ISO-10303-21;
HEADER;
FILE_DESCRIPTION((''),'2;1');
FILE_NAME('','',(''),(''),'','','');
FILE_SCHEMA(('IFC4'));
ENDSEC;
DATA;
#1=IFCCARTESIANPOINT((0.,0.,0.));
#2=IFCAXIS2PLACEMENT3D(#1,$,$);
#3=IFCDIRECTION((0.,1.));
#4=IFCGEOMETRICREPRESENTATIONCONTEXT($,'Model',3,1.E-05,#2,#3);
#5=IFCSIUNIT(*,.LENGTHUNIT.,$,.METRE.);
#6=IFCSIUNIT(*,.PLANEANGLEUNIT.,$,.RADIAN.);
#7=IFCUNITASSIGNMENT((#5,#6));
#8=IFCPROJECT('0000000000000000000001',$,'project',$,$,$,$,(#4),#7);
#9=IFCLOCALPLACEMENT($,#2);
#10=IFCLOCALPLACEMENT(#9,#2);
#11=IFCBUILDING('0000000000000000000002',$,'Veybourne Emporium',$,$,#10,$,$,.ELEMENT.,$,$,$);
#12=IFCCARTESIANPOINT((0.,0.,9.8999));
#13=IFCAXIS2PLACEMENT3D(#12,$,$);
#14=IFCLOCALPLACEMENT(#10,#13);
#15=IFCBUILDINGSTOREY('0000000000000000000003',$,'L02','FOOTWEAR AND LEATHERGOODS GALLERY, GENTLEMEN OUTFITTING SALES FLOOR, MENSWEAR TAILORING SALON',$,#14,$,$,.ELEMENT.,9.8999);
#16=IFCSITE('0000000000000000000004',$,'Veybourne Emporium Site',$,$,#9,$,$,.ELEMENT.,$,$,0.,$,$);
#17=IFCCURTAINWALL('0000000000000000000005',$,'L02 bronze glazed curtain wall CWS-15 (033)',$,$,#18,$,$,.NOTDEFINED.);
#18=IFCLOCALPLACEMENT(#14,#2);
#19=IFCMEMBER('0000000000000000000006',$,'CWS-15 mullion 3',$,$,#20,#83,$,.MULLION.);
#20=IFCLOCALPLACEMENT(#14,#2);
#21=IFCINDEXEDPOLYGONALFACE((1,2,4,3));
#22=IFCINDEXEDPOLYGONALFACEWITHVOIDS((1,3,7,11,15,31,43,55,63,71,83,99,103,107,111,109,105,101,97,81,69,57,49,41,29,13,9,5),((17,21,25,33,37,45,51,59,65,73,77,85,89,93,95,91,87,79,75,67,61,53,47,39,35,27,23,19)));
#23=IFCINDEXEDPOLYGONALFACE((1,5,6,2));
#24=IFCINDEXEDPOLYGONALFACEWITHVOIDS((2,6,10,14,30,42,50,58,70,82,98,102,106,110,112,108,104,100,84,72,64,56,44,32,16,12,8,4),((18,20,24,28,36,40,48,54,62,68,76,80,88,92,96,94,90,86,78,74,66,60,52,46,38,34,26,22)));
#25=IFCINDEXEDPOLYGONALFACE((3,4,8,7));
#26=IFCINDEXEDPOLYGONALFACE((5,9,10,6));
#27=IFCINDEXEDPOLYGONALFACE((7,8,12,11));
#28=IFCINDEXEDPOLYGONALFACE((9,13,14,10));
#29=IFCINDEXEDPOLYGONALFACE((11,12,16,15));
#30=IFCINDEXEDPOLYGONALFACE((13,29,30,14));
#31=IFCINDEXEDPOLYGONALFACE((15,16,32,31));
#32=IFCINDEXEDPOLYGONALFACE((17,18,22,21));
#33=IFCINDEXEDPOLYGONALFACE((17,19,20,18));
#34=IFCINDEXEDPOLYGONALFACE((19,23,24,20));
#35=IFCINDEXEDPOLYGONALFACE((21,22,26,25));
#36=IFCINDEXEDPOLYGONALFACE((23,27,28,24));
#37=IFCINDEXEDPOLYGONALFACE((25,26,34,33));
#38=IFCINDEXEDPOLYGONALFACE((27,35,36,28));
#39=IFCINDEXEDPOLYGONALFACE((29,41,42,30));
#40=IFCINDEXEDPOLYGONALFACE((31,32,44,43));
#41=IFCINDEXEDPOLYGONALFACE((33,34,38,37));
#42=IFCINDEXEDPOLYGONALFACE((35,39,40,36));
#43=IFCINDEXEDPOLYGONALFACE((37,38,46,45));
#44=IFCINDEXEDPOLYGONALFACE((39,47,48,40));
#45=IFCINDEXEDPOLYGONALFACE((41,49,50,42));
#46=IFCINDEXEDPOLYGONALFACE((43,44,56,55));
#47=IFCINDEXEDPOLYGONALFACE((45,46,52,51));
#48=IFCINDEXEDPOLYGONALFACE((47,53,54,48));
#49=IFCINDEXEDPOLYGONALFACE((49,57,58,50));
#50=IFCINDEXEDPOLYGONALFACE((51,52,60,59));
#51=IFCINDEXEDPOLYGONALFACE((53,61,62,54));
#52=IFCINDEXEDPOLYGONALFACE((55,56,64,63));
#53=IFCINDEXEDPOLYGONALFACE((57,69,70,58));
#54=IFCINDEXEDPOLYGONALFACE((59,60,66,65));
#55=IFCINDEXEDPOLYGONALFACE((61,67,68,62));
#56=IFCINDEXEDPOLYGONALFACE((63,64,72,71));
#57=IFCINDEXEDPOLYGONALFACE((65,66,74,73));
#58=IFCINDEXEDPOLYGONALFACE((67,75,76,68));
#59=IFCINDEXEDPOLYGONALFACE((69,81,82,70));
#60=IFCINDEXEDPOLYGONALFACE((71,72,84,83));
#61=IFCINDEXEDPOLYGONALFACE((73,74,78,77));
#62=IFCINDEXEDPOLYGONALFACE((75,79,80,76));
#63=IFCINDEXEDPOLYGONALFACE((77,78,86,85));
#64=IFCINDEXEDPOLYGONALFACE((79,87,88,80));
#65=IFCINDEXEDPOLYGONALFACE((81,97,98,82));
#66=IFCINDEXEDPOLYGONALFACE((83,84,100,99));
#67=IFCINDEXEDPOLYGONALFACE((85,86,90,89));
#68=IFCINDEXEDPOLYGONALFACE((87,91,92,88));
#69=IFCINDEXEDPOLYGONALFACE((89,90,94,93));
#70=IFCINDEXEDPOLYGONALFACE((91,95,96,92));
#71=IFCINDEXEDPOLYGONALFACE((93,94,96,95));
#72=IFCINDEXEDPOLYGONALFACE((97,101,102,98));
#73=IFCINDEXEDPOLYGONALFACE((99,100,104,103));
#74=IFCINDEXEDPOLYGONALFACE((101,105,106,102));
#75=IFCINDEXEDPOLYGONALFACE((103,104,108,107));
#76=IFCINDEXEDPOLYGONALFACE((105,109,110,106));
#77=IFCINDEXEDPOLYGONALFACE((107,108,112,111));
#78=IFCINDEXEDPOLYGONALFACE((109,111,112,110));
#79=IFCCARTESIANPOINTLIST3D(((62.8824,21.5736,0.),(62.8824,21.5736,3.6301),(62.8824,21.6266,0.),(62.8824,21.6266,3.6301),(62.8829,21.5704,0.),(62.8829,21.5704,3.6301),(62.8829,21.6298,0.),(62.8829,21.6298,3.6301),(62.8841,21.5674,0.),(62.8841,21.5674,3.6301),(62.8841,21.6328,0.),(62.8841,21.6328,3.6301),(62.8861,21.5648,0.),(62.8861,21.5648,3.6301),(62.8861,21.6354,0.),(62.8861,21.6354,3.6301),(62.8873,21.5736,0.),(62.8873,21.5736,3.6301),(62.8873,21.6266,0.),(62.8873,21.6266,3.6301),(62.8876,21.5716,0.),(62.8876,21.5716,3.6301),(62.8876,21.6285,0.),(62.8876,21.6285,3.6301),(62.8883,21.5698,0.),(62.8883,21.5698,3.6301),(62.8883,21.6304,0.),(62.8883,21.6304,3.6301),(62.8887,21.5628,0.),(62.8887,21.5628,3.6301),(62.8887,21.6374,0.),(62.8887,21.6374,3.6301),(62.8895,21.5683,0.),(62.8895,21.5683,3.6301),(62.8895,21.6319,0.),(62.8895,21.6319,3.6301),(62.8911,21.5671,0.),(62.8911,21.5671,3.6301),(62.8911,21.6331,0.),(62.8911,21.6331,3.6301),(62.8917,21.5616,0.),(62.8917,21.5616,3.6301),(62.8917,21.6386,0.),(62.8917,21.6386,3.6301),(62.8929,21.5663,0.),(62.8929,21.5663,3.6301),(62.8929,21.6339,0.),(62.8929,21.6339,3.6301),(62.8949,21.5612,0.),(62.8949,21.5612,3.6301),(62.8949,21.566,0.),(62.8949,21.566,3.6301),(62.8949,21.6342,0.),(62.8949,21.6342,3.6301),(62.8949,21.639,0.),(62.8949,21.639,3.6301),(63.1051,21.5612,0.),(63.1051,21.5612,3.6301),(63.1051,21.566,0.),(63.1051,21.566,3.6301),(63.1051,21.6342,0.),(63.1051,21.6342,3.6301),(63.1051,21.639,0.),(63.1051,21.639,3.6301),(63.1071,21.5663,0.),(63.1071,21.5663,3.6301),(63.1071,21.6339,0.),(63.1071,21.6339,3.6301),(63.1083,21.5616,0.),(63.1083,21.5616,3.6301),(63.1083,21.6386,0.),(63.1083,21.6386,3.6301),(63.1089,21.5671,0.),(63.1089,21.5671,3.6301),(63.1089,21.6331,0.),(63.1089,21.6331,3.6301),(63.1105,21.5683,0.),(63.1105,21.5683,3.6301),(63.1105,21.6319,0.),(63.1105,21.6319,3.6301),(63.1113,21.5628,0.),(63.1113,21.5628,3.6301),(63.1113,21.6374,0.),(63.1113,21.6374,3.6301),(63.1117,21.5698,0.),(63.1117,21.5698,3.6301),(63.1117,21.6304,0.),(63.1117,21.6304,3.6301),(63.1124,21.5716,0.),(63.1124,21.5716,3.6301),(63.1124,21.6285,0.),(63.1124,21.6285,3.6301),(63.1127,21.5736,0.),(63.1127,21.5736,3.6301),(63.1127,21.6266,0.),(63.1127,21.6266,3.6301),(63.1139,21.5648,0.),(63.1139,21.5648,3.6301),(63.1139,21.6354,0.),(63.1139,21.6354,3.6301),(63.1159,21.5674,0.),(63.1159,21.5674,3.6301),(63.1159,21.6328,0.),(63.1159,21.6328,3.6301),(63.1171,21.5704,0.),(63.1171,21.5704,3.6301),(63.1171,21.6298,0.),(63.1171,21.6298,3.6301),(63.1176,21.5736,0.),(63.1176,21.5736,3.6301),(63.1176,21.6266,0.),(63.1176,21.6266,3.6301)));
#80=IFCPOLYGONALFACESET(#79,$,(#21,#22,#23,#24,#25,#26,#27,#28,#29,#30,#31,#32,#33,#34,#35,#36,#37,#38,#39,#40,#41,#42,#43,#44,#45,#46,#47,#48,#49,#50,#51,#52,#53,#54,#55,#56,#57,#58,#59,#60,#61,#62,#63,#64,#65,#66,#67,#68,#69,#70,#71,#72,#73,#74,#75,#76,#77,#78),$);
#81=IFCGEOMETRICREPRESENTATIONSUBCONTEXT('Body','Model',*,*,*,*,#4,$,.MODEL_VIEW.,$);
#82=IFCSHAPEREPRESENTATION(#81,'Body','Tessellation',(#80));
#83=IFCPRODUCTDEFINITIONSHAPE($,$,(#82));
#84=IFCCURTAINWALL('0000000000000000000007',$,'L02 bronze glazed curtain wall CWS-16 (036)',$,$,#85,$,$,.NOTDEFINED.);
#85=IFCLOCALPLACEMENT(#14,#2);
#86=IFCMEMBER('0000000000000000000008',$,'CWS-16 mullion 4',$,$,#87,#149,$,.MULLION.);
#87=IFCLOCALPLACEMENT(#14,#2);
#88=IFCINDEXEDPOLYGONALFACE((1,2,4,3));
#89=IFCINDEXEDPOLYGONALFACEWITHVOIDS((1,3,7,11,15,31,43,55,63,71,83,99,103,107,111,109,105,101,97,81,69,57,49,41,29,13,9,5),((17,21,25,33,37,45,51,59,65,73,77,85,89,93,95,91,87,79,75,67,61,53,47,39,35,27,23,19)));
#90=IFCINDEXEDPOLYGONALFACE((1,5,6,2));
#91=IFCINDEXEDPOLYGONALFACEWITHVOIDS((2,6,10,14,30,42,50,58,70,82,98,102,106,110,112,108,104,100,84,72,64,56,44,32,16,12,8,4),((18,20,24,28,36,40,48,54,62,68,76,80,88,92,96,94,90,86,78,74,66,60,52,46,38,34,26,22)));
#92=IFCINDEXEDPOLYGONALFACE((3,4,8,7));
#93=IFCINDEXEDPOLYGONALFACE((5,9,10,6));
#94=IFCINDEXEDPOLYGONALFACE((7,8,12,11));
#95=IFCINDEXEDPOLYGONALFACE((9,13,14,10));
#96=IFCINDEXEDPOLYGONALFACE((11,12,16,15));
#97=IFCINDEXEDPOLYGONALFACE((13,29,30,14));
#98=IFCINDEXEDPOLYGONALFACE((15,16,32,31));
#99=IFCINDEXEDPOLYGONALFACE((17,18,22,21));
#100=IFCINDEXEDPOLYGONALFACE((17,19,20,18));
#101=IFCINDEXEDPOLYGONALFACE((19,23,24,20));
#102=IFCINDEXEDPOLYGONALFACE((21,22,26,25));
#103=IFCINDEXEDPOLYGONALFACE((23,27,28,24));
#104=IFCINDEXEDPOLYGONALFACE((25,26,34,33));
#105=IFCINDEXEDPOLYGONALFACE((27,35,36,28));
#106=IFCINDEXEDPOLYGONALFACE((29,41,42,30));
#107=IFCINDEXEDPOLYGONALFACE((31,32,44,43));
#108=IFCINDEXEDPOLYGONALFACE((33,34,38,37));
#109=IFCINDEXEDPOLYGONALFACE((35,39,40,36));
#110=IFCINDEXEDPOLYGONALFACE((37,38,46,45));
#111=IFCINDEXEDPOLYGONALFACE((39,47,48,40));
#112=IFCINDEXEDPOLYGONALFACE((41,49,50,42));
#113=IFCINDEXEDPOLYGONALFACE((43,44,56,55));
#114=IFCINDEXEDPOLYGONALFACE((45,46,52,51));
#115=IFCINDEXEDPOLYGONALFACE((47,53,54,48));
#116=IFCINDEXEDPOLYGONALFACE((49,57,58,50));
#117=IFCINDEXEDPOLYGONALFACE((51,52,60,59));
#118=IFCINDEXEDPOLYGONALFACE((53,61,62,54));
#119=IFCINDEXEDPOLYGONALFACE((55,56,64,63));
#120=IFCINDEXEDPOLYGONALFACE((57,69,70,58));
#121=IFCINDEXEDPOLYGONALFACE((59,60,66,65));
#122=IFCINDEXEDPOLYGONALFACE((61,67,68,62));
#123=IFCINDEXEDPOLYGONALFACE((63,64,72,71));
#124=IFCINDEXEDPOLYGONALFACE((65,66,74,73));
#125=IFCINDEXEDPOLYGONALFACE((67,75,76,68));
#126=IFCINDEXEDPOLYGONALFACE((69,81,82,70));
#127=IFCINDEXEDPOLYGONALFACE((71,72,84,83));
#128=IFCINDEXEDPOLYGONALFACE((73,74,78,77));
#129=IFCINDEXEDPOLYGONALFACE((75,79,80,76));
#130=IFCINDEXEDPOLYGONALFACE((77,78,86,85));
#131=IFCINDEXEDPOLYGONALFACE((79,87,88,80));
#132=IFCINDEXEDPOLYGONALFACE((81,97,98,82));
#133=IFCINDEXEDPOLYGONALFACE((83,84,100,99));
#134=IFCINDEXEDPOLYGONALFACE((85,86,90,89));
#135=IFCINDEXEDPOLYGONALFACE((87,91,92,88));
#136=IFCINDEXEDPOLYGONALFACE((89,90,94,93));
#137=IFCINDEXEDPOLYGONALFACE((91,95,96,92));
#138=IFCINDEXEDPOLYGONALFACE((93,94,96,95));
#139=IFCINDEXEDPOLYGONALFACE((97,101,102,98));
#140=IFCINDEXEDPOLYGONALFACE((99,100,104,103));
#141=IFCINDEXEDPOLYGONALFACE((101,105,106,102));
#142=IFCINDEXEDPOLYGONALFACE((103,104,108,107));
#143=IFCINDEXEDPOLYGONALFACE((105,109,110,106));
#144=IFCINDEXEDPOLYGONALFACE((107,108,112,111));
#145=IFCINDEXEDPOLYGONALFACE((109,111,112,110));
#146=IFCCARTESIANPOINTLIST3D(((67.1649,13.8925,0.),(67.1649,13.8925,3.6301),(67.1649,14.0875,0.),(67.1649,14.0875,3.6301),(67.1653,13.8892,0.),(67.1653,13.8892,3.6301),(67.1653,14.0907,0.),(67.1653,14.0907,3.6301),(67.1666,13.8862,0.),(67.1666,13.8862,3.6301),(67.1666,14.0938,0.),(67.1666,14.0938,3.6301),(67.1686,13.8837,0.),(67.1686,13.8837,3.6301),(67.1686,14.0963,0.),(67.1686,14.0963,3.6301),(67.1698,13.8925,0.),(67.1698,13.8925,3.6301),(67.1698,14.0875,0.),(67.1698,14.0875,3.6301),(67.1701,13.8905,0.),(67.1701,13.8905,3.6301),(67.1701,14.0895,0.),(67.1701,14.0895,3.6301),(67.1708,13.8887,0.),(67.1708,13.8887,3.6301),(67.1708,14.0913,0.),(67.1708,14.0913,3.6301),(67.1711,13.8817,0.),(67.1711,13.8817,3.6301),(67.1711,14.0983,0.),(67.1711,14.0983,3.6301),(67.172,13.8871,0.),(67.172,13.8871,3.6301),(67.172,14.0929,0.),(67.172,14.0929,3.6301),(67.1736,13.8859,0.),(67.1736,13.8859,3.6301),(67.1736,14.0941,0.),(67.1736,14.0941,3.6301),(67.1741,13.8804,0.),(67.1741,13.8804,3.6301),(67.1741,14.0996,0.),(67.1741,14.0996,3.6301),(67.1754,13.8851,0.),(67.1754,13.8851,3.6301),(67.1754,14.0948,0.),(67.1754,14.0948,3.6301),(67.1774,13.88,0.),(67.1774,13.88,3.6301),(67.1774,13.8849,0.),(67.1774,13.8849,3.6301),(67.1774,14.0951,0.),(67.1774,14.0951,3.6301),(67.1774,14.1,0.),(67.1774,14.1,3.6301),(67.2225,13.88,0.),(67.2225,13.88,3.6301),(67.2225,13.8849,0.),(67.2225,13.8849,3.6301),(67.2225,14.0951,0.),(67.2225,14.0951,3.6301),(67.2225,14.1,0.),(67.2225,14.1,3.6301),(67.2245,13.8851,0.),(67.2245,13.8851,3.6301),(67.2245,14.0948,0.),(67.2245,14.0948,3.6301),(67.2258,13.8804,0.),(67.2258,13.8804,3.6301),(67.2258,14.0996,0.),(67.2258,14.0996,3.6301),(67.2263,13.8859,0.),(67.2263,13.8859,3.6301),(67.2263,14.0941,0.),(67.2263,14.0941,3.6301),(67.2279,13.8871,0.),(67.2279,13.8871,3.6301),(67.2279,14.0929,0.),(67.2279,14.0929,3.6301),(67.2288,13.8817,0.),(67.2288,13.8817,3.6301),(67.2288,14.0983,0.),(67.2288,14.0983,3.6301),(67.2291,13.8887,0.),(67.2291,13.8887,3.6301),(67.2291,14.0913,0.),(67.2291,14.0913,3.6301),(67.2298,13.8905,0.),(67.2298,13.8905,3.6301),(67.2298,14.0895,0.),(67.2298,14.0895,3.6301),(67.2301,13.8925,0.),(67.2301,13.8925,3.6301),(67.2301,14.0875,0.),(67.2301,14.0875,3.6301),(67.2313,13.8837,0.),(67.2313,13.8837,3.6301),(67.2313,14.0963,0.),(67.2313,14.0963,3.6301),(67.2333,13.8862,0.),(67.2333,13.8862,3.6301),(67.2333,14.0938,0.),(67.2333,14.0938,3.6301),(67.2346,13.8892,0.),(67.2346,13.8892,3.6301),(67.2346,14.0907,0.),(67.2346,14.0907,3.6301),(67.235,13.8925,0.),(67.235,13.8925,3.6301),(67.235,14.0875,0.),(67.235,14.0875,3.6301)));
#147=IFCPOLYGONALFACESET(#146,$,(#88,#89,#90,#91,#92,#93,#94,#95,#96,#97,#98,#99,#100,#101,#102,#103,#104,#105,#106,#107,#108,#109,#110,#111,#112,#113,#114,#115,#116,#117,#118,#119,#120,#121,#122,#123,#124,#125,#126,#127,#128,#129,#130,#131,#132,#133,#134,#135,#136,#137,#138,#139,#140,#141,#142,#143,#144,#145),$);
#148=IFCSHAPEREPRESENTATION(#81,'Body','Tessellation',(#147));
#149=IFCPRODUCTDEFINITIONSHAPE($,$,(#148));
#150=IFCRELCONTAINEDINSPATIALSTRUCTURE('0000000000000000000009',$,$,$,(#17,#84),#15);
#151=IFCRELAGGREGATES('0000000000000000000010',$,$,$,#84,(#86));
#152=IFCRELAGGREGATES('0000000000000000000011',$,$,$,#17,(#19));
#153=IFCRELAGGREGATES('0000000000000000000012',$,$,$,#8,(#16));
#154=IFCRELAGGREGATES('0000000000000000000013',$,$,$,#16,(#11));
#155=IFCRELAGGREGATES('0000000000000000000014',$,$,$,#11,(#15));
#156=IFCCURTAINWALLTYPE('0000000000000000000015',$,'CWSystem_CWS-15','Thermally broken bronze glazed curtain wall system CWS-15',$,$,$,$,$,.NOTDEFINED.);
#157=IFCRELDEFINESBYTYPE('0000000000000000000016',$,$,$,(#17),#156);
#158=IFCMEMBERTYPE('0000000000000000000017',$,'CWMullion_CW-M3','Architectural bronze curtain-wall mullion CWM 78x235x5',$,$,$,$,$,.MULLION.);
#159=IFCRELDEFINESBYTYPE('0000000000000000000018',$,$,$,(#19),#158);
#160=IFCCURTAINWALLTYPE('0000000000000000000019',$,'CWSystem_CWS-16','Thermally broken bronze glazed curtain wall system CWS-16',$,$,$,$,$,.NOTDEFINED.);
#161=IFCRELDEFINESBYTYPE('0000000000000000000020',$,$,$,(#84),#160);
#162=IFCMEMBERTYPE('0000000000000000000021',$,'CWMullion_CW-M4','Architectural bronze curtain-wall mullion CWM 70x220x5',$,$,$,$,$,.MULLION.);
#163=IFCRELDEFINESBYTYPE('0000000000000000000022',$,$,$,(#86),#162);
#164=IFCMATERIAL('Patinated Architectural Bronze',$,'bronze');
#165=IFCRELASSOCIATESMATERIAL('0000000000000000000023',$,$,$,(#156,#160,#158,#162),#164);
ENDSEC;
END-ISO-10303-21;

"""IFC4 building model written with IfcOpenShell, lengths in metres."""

from ifc_helpers import new_model, si_unit, direction, frame, origin, origin_2d, place, context, subcontext, project, spatial, hollow_rectangle, extrude, material, material_profile, profile_set, type_object, element, aggregate, save


model = new_model("IFC4")

# Units and contexts
model_context = context("Model", 3, precision=1e-05, world=origin(), true_north=direction((0.0, 1.0)))
body_context = subcontext(model_context, "Body", "Model", "MODEL_VIEW")
ifc_project = project(units=[si_unit("LENGTHUNIT", "METRE"), si_unit("PLANEANGLEUNIT", "RADIAN")], contexts=[model_context])

# Site, building, storey
site_placement = place(None, origin())
site = spatial("IfcSite", under=ifc_project, at=site_placement, Name="Veybourne Emporium Site", CompositionType="ELEMENT", RefElevation=0.0)
building_placement = place(site_placement, origin())
building = spatial("IfcBuilding", under=site, at=building_placement, Name="Veybourne Emporium", CompositionType="ELEMENT")
storey_placement = place(building_placement, frame((0.0, 0.0, 9.8999)))
storey = spatial("IfcBuildingStorey", under=building, at=storey_placement, Name="L02", Description="FOOTWEAR AND LEATHERGOODS GALLERY, GENTLEMEN OUTFITTING SALES FLOOR, MENSWEAR TAILORING SALON", CompositionType="ELEMENT", Elevation=9.8999)

# Curtain wall, member
ifc_material_1 = material(Name="Patinated Architectural Bronze", Category="bronze")
curtain_wall_type_1 = type_object("IfcCurtainWallType", Name="CWSystem_CWS-15", Description="Thermally broken bronze glazed curtain wall system CWS-15", PredefinedType="NOTDEFINED", material=ifc_material_1)
curtain_wall_1_placement = place(storey_placement, origin())
curtain_wall_1 = element("IfcCurtainWall", 1, at=curtain_wall_1_placement, inside=storey, type_object=curtain_wall_type_1, Name="L02 bronze glazed curtain wall CWS-15 (033)", PredefinedType="NOTDEFINED")
ifc_material_profile_1 = material_profile(ifc_material_1, hollow_rectangle(XDim=0.0779, YDim=0.2351, WallThickness=0.0049, InnerFilletRadius=0.0076, OuterFilletRadius=0.0125, at=origin_2d()), Name="CWM 78x235x5")
ifc_profile_set_1 = profile_set([ifc_material_profile_1], Name="Patinated Architectural Bronze")
member_type_1 = type_object("IfcMemberType", Name="CWMullion_CW-M3", Description="Architectural bronze curtain-wall mullion CWM 78x235x5", PredefinedType="MULLION", material=ifc_profile_set_1)
member_1_placement = place(storey_placement, frame((63.0, 21.6001, 0.0), z_axis=(0.0, 0.0, 1.0), x_axis=(0.0, -1.0, 0.0)))
member_1 = element("IfcMember", 2, at=member_1_placement, type_object=member_type_1, Name="CWS-15 mullion 3", PredefinedType="MULLION", context=body_context, shape_type="SweptSolid", body=[
    extrude(hollow_rectangle(XDim=0.0779, YDim=0.2351, WallThickness=0.0049, InnerFilletRadius=0.0076, OuterFilletRadius=0.0125, at=origin_2d()), origin(), (0.0, 0.0, 1.0), 3.6301),
])

# Curtain wall, member
curtain_wall_type_2 = type_object("IfcCurtainWallType", Name="CWSystem_CWS-16", Description="Thermally broken bronze glazed curtain wall system CWS-16", PredefinedType="NOTDEFINED", material=ifc_material_1)
curtain_wall_2_placement = place(storey_placement, origin())
curtain_wall_2 = element("IfcCurtainWall", 3, at=curtain_wall_2_placement, inside=storey, type_object=curtain_wall_type_2, Name="L02 bronze glazed curtain wall CWS-16 (036)", PredefinedType="NOTDEFINED")
ifc_material_profile_2 = material_profile(ifc_material_1, hollow_rectangle(XDim=0.0701, YDim=0.22, WallThickness=0.0049, InnerFilletRadius=0.0076, OuterFilletRadius=0.0125, at=origin_2d()), Name="CWM 70x220x5")
ifc_profile_set_2 = profile_set([ifc_material_profile_2], Name="Patinated Architectural Bronze")
member_type_2 = type_object("IfcMemberType", Name="CWMullion_CW-M4", Description="Architectural bronze curtain-wall mullion CWM 70x220x5", PredefinedType="MULLION", material=ifc_profile_set_2)
member_2_placement = place(storey_placement, frame((67.2, 13.99, 0.0), z_axis=(0.0, 0.0, 1.0), x_axis=(-1.0, 0.0, 0.0)))
member_2 = element("IfcMember", 4, at=member_2_placement, type_object=member_type_2, Name="CWS-16 mullion 4", PredefinedType="MULLION", context=body_context, shape_type="SweptSolid", body=[
    extrude(hollow_rectangle(XDim=0.0701, YDim=0.22, WallThickness=0.0049, InnerFilletRadius=0.0076, OuterFilletRadius=0.0125, at=origin_2d()), origin(), (0.0, 0.0, 1.0), 3.6301),
])
aggregate(curtain_wall_2, [member_2])

aggregate(curtain_wall_1, [member_1])

save(model, "model.ifc")
